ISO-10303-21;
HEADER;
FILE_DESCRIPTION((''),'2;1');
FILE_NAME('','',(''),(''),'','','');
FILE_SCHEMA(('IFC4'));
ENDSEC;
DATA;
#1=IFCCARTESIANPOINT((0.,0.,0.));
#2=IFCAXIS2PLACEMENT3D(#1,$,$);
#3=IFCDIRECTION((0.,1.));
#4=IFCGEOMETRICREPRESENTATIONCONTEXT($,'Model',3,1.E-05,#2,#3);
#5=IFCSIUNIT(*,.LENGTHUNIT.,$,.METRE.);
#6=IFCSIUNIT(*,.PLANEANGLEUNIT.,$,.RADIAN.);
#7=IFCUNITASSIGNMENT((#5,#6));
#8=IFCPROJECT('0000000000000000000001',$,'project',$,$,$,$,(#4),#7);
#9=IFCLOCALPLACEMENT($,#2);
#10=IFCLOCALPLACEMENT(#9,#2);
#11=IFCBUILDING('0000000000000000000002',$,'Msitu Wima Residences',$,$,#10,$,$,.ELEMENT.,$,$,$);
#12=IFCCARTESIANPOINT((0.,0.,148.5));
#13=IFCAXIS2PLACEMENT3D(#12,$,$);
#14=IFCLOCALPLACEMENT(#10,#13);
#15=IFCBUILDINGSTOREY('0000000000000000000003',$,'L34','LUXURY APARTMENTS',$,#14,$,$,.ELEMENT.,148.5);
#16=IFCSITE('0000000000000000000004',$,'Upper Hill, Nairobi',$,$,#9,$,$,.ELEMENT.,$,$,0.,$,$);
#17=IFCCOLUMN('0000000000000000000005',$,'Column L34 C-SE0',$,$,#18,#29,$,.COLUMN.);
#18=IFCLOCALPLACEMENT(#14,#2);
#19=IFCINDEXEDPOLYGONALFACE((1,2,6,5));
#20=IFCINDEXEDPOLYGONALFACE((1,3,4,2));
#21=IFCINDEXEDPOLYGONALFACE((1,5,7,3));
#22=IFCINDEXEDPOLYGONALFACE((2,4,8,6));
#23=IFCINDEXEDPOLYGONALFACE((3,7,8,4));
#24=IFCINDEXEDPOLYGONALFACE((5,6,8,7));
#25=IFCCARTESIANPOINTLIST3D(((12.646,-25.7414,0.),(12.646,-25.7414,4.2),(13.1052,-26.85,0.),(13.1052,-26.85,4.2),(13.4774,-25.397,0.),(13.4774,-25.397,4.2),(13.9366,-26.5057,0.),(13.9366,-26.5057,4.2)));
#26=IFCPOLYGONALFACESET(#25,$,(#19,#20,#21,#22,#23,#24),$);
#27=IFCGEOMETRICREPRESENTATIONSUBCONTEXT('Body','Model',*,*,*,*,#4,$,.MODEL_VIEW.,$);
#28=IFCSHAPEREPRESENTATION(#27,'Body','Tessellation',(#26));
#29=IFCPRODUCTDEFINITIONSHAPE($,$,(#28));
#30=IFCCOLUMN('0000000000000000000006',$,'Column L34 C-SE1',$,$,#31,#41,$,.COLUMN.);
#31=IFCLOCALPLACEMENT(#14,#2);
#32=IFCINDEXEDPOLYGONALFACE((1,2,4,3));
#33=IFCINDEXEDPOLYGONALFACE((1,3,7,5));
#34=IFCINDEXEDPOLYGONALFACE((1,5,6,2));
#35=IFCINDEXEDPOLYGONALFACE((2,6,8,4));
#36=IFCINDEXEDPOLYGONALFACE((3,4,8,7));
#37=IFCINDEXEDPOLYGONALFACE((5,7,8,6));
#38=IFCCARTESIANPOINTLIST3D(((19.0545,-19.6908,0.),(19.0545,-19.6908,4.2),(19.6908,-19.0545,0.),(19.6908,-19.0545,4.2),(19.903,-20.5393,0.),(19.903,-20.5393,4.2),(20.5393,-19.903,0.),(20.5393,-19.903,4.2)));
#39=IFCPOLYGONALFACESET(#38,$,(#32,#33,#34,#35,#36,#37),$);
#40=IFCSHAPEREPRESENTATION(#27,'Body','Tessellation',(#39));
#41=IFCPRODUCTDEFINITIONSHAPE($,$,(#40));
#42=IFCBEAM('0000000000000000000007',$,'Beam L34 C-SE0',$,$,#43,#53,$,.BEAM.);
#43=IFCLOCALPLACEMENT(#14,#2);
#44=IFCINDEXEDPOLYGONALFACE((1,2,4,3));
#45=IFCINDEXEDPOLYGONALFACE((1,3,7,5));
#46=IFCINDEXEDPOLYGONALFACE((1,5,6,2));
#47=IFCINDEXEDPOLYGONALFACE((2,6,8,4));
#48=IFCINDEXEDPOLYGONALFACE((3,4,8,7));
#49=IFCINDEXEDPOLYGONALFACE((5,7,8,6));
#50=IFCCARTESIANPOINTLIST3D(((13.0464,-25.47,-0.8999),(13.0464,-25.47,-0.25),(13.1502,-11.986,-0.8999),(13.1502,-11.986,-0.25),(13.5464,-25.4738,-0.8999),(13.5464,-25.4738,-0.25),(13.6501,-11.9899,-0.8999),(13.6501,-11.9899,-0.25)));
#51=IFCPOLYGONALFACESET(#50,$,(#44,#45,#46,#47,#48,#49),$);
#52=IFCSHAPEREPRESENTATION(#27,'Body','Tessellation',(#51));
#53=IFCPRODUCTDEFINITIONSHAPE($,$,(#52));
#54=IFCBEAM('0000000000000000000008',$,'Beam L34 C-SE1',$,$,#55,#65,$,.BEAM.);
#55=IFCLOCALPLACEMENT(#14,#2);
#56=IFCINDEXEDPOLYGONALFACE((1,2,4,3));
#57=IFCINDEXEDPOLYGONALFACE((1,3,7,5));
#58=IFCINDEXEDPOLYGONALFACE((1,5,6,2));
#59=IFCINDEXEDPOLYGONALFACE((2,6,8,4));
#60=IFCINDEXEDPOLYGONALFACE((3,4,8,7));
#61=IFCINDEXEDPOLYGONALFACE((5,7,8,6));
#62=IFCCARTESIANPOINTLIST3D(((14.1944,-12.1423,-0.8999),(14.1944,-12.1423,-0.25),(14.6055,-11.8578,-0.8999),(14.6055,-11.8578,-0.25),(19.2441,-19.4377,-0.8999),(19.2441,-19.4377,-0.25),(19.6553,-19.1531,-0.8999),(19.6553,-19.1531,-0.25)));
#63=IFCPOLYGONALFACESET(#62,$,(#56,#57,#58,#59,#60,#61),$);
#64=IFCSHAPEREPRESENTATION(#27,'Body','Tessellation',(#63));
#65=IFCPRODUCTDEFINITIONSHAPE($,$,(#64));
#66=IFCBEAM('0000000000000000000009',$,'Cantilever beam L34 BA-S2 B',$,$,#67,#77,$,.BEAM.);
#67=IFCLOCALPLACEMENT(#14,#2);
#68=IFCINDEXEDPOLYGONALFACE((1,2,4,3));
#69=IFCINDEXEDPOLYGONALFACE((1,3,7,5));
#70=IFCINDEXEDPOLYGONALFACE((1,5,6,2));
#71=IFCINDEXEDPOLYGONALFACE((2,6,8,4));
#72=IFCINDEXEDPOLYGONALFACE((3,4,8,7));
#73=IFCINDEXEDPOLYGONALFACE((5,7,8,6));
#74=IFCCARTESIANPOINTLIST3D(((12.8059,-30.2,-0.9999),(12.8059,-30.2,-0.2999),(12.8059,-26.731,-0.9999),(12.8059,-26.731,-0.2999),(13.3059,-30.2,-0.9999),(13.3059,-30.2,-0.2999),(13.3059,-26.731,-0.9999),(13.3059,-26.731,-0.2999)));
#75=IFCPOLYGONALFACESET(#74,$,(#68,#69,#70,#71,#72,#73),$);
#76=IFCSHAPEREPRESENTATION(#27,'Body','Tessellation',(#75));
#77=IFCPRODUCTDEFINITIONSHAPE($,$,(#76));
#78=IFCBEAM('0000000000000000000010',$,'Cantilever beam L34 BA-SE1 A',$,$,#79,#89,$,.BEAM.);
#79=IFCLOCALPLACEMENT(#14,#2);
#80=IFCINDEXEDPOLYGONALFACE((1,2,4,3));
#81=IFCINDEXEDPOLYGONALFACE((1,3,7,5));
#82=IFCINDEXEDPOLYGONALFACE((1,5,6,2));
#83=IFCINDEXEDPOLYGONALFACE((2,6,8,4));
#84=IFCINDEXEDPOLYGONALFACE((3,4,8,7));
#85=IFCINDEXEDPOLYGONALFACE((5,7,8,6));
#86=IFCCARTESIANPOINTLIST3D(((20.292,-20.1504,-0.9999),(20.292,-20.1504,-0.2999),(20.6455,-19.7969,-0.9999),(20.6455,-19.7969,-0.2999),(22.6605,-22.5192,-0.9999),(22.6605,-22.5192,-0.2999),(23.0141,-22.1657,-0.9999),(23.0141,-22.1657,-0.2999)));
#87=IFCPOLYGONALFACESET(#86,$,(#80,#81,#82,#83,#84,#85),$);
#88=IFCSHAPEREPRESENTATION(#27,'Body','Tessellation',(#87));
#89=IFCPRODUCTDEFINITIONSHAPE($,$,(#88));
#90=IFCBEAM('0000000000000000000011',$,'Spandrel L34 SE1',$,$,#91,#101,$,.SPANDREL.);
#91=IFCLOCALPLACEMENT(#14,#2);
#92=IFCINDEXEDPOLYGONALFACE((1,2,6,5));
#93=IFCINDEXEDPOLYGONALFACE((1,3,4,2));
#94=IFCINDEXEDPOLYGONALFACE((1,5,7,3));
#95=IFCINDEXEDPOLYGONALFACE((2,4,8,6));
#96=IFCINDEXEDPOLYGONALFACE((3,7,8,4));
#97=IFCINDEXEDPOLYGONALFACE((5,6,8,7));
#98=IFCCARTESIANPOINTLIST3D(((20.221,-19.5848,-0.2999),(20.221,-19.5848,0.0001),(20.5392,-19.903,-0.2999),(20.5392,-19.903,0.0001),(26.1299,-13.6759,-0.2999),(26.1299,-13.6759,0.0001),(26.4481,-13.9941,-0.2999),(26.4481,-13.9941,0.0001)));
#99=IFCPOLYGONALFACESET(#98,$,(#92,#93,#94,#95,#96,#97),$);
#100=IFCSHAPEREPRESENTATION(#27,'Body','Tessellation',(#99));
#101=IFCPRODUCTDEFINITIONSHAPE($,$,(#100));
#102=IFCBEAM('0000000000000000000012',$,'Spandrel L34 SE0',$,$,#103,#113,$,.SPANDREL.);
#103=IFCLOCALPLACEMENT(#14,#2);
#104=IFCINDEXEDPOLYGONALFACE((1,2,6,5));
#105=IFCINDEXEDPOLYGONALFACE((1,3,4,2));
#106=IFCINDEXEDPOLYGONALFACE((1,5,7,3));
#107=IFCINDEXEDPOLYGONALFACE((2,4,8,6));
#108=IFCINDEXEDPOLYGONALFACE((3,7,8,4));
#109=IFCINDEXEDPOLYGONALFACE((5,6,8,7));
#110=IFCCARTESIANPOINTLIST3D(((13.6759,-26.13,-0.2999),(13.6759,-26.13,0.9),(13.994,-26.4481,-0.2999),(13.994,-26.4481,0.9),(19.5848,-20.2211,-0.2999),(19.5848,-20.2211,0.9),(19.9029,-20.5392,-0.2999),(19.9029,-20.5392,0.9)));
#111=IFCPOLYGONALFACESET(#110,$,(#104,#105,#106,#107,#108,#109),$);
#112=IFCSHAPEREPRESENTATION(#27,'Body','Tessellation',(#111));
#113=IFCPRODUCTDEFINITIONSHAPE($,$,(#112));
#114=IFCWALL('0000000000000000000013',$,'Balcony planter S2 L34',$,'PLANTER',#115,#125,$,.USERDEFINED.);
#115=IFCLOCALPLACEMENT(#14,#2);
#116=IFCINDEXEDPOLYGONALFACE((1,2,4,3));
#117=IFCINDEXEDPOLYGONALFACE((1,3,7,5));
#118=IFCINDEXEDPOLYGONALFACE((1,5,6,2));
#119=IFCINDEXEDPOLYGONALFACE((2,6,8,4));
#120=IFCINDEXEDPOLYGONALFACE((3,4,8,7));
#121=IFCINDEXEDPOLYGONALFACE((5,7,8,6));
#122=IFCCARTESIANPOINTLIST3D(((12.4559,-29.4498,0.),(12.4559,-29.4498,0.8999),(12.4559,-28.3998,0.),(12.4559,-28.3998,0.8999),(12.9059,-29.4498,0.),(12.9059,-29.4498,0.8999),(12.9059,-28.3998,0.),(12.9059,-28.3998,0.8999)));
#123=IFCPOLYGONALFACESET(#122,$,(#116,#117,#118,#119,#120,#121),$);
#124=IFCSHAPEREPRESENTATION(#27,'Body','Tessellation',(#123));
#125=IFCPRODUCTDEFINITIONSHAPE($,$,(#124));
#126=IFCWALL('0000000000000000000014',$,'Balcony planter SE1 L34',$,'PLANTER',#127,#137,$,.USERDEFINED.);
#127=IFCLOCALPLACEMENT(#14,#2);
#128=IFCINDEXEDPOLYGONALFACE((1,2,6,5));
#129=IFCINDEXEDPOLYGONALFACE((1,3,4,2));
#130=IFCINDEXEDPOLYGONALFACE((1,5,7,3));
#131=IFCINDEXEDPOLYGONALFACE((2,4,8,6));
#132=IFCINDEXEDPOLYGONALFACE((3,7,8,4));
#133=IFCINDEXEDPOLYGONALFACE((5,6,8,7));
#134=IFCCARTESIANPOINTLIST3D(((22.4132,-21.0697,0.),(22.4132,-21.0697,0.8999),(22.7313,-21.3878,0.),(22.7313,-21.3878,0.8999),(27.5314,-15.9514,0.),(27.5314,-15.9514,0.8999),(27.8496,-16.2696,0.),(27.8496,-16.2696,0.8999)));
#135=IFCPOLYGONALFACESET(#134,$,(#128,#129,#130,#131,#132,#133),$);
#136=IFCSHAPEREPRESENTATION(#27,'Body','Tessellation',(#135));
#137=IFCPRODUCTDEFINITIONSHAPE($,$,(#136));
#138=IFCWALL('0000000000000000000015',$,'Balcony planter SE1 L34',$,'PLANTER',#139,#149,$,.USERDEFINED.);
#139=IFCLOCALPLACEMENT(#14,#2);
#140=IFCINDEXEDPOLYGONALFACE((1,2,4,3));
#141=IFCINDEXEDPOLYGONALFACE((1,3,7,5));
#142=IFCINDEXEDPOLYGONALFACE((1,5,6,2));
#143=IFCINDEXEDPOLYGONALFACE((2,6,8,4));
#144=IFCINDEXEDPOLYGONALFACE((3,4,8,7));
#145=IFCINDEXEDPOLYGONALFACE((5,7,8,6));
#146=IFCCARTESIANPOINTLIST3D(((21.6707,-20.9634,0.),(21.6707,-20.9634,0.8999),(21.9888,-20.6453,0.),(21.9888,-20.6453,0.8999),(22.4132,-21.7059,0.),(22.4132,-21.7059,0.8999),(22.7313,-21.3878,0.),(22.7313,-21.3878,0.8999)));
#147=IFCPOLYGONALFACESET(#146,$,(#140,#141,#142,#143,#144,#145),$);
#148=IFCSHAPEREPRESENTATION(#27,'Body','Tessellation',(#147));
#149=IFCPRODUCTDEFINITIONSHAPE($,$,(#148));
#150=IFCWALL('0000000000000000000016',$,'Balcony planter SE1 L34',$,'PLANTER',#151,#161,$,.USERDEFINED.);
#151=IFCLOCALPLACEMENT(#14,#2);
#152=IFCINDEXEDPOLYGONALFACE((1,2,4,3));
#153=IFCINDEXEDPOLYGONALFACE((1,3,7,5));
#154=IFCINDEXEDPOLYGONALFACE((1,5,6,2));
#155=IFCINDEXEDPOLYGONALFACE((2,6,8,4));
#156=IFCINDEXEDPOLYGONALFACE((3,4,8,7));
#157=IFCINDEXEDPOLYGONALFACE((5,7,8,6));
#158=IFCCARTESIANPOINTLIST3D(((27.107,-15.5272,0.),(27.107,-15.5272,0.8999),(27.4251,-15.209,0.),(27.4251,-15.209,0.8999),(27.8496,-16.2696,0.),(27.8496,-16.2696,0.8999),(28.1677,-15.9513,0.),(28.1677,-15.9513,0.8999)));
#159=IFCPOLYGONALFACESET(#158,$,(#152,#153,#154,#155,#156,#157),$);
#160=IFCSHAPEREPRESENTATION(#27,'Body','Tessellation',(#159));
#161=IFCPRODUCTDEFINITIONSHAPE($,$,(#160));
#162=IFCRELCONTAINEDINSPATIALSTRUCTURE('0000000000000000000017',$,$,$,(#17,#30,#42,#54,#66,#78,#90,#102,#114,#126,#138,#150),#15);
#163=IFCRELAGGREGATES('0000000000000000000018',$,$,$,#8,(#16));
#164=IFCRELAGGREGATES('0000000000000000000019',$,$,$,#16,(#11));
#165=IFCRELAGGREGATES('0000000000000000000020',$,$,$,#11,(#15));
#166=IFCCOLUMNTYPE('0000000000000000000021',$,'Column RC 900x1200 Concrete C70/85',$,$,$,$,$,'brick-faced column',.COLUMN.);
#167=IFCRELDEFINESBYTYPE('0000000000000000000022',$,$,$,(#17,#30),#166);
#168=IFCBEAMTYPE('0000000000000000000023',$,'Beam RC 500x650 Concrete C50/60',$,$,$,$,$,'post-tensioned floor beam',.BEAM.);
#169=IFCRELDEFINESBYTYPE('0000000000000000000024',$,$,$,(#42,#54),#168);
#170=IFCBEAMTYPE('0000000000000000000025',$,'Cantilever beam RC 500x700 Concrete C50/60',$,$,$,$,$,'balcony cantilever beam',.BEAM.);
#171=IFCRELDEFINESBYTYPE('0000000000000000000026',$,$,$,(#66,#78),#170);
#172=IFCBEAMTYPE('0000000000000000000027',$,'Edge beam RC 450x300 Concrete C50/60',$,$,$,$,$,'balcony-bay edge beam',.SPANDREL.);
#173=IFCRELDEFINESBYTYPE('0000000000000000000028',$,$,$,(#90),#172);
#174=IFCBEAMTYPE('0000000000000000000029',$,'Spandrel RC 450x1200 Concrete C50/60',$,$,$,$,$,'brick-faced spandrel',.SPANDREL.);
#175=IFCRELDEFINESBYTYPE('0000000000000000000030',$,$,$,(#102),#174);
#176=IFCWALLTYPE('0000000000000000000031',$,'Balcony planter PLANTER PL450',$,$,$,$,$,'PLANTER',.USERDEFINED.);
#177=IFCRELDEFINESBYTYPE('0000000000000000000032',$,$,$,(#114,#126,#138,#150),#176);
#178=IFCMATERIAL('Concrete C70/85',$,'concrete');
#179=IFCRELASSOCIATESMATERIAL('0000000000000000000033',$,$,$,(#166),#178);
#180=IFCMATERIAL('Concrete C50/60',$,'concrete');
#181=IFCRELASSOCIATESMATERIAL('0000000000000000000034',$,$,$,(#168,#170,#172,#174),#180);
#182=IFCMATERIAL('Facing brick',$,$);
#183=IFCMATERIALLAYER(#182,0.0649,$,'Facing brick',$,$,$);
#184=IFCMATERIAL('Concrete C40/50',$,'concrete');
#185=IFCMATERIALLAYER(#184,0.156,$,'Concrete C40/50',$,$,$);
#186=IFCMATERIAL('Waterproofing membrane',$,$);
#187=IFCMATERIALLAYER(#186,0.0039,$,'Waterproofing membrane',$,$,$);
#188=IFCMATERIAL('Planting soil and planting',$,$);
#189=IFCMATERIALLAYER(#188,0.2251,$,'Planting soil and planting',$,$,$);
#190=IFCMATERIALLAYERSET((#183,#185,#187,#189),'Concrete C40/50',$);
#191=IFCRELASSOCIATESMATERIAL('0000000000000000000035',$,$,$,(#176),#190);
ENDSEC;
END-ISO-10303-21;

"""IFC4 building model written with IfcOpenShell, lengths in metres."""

from ifc_helpers import new_model, si_unit, direction, frame, frame_2d, origin, origin_2d, place, context, subcontext, project, spatial, rectangle, extrude, material, layer, layer_set, material_profile, profile_set, type_object, element, save


model = new_model("IFC4")

# Units and contexts
model_context = context("Model", 3, precision=1e-05, world=origin(), true_north=direction((0.0, 1.0)))
body_context = subcontext(model_context, "Body", "Model", "MODEL_VIEW")
ifc_project = project(units=[si_unit("LENGTHUNIT", "METRE"), si_unit("PLANEANGLEUNIT", "RADIAN")], contexts=[model_context])

# Site, building, storey
site_placement = place(None, origin())
site = spatial("IfcSite", under=ifc_project, at=site_placement, Name="Upper Hill, Nairobi", CompositionType="ELEMENT", RefElevation=0.0)
building_placement = place(site_placement, origin())
building = spatial("IfcBuilding", under=site, at=building_placement, Name="Msitu Wima Residences", CompositionType="ELEMENT")
storey_placement = place(building_placement, frame((0.0, 0.0, 148.5)))
storey = spatial("IfcBuildingStorey", under=building, at=storey_placement, Name="L34", Description="LUXURY APARTMENTS", CompositionType="ELEMENT", Elevation=148.5)

# Columns
ifc_material_1 = material(Name="Concrete C70/85", Category="concrete")
ifc_material_profile_1 = material_profile(ifc_material_1, rectangle(XDim=0.8999, YDim=1.2, at=origin_2d()), Name="RC 900x1200")
ifc_profile_set_1 = profile_set([ifc_material_profile_1], Name="Concrete C70/85")
column_type = type_object("IfcColumnType", Name="Column RC 900x1200 Concrete C70/85", ElementType="brick-faced column", PredefinedType="COLUMN", material=ifc_profile_set_1)
for number, where, z_axis, x_axis, name in (
    (1, (13.2913, -26.1235, 0.0), (0.0, 0.0, 1.0), (0.92388, 0.382683, 0.0), "Column L34 C-SE0"),
    (2, (19.7969, -19.7969, 0.0), (0.0, 0.0, 1.0), (0.707107, 0.707107, 0.0), "Column L34 C-SE1"),
):
    element("IfcColumn", number, at=place(storey_placement, frame(where, z_axis=z_axis, x_axis=x_axis)), inside=storey, type_object=column_type, Name=name, PredefinedType="COLUMN", context=body_context, shape_type="SweptSolid", body=[
        extrude(rectangle(XDim=0.8999, YDim=1.2, at=origin_2d()), origin(), (0.0, 0.0, 1.0), 4.2),
    ])

# Beams
ifc_material_2 = material(Name="Concrete C50/60", Category="concrete")
ifc_material_profile_2 = material_profile(ifc_material_2, rectangle(XDim=0.5, YDim=0.6499, at=origin_2d()), Name="RC 500x650")
ifc_profile_set_2 = profile_set([ifc_material_profile_2], Name="Concrete C50/60")
beam_type_1 = type_object("IfcBeamType", Name="Beam RC 500x650 Concrete C50/60", ElementType="post-tensioned floor beam", PredefinedType="BEAM", material=ifc_profile_set_2)
beam_1_placement = place(storey_placement, frame((13.2964, -25.4719, -0.575), z_axis=(0.007695, 0.99997, 0.0), x_axis=(-0.99997, 0.007695, 0.0)))
element("IfcBeam", 3, at=beam_1_placement, inside=storey, type_object=beam_type_1, Name="Beam L34 C-SE0", PredefinedType="BEAM", context=body_context, shape_type="SweptSolid", body=[
    extrude(rectangle(XDim=0.5, YDim=0.6499, at=origin_2d()), origin(), (0.0, 0.0, 1.0), 13.4844),
])
beam_2_placement = place(storey_placement, frame((19.4497, -19.2954, -0.575), z_axis=(-0.569144, 0.822238, 0.0), x_axis=(-0.822238, -0.569144, 0.0)))
element("IfcBeam", 4, at=beam_2_placement, inside=storey, type_object=beam_type_1, Name="Beam L34 C-SE1", PredefinedType="BEAM", context=body_context, shape_type="SweptSolid", body=[
    extrude(rectangle(XDim=0.5, YDim=0.6499, at=origin_2d()), origin(), (0.0, 0.0, 1.0), 8.8726),
])
ifc_material_profile_3 = material_profile(ifc_material_2, rectangle(XDim=0.5, YDim=0.7, at=origin_2d()), Name="RC 500x700")
ifc_profile_set_3 = profile_set([ifc_material_profile_3], Name="Concrete C50/60")
beam_type_2 = type_object("IfcBeamType", Name="Cantilever beam RC 500x700 Concrete C50/60", ElementType="balcony cantilever beam", PredefinedType="BEAM", material=ifc_profile_set_3)
beam_3_placement = place(storey_placement, frame((13.0559, -26.731, -0.6499), z_axis=(0.0, -1.0, 0.0), x_axis=(1.0, 0.0, 0.0)))
element("IfcBeam", 5, at=beam_3_placement, inside=storey, type_object=beam_type_2, Name="Cantilever beam L34 BA-S2 B", PredefinedType="BEAM", context=body_context, shape_type="SweptSolid", body=[
    extrude(rectangle(XDim=0.5, YDim=0.7, at=origin_2d()), origin(), (0.0, 0.0, 1.0), 3.469),
])
beam_4_placement = place(storey_placement, frame((20.4688, -19.9736, -0.6499), z_axis=(0.70707, -0.707143, 0.0), x_axis=(0.707143, 0.70707, 0.0)))
element("IfcBeam", 6, at=beam_4_placement, inside=storey, type_object=beam_type_2, Name="Cantilever beam L34 BA-SE1 A", PredefinedType="BEAM", context=body_context, shape_type="SweptSolid", body=[
    extrude(rectangle(XDim=0.5, YDim=0.7, at=origin_2d()), origin(), (0.0, 0.0, 1.0), 3.3499),
])
ifc_material_profile_4 = material_profile(ifc_material_2, rectangle(XDim=0.45, YDim=0.3, at=origin_2d()), Name="RC 450x300")
ifc_profile_set_4 = profile_set([ifc_material_profile_4], Name="Concrete C50/60")
beam_type_3 = type_object("IfcBeamType", Name="Edge beam RC 450x300 Concrete C50/60", ElementType="balcony-bay edge beam", PredefinedType="SPANDREL", material=ifc_profile_set_4)
beam_5_placement = place(storey_placement, frame((20.3801, -19.7439, -0.1499), z_axis=(0.707107, 0.707107, 0.0), x_axis=(-0.707107, 0.707107, 0.0)))
element("IfcBeam", 7, at=beam_5_placement, inside=storey, type_object=beam_type_3, Name="Spandrel L34 SE1", PredefinedType="SPANDREL", context=body_context, shape_type="SweptSolid", body=[
    extrude(rectangle(XDim=0.45, YDim=0.3, at=origin_2d()), origin(), (0.0, 0.0, 1.0), 8.3564),
])
ifc_material_profile_5 = material_profile(ifc_material_2, rectangle(XDim=0.45, YDim=1.2, at=origin_2d()), Name="RC 450x1200")
ifc_profile_set_5 = profile_set([ifc_material_profile_5], Name="Concrete C50/60")
beam_type_4 = type_object("IfcBeamType", Name="Spandrel RC 450x1200 Concrete C50/60", ElementType="brick-faced spandrel", PredefinedType="SPANDREL", material=ifc_profile_set_5)
beam_6_placement = place(storey_placement, frame((13.835, -26.2891, 0.3), z_axis=(0.707107, 0.707107, 0.0), x_axis=(-0.707107, 0.707107, 0.0)))
element("IfcBeam", 8, at=beam_6_placement, inside=storey, type_object=beam_type_4, Name="Spandrel L34 SE0", PredefinedType="SPANDREL", context=body_context, shape_type="SweptSolid", body=[
    extrude(rectangle(XDim=0.45, YDim=1.2, at=origin_2d()), origin(), (0.0, 0.0, 1.0), 8.3564),
])

# Walls
ifc_material_3 = material(Name="Facing brick")
ifc_layer_1 = layer(ifc_material_3, 0.0649, Name="Facing brick")
ifc_material_4 = material(Name="Concrete C40/50", Category="concrete")
ifc_layer_2 = layer(ifc_material_4, 0.156, Name="Concrete C40/50")
ifc_material_5 = material(Name="Waterproofing membrane")
ifc_layer_3 = layer(ifc_material_5, 0.0039, Name="Waterproofing membrane")
ifc_material_6 = material(Name="Planting soil and planting")
ifc_layer_4 = layer(ifc_material_6, 0.2251, Name="Planting soil and planting")
ifc_layer_set_1 = layer_set([ifc_layer_1, ifc_layer_2, ifc_layer_3, ifc_layer_4], Name="Concrete C40/50")
wall_type_1 = type_object("IfcWallType", Name="Balcony planter PLANTER PL450", ElementType="PLANTER", PredefinedType="USERDEFINED", material=ifc_layer_set_1)
wall_1_placement = place(storey_placement, frame((12.6809, -28.3999, 0.0), z_axis=(0.0, 0.0, 1.0), x_axis=(0.0, -1.0, 0.0)))
element("IfcWall", 9, at=wall_1_placement, inside=storey, type_object=wall_type_1, Name="Balcony planter S2 L34", ObjectType="PLANTER", PredefinedType="USERDEFINED", context=body_context, shape_type="SweptSolid", body=[
    extrude(rectangle(XDim=1.05, YDim=0.45, at=frame_2d((0.5249, 0.0))), origin(), (0.0, 0.0, 1.0), 0.8999),
])
wall_2_placement = place(storey_placement, frame((22.5723, -21.2288, 0.0), z_axis=(0.0, 0.0, 1.0), x_axis=(0.707107, 0.707107, 0.0)))
element("IfcWall", 10, at=wall_2_placement, inside=storey, type_object=wall_type_1, Name="Balcony planter SE1 L34", ObjectType="PLANTER", PredefinedType="USERDEFINED", context=body_context, shape_type="SweptSolid", body=[
    extrude(rectangle(XDim=7.2383, YDim=0.45, at=frame_2d((3.6191, 0.0))), origin(), (0.0, 0.0, 1.0), 0.8999),
])
for number, where, z_axis, x_axis, name in (
    (11, (21.8298, -20.8044, 0.0), (0.0, 0.0, 1.0), (0.707107, -0.707107, 0.0), "Balcony planter SE1 L34"),
    (12, (27.2661, -15.3682, 0.0), (0.0, 0.0, 1.0), (0.707223, -0.706991, 0.0), "Balcony planter SE1 L34"),
):
    element("IfcWall", number, at=place(storey_placement, frame(where, z_axis=z_axis, x_axis=x_axis)), inside=storey, type_object=wall_type_1, Name=name, ObjectType="PLANTER", PredefinedType="USERDEFINED", context=body_context, shape_type="SweptSolid", body=[
        extrude(rectangle(XDim=1.05, YDim=0.45, at=frame_2d((0.5249, 0.0))), origin(), (0.0, 0.0, 1.0), 0.8999),
    ])

save(model, "model.ifc")
